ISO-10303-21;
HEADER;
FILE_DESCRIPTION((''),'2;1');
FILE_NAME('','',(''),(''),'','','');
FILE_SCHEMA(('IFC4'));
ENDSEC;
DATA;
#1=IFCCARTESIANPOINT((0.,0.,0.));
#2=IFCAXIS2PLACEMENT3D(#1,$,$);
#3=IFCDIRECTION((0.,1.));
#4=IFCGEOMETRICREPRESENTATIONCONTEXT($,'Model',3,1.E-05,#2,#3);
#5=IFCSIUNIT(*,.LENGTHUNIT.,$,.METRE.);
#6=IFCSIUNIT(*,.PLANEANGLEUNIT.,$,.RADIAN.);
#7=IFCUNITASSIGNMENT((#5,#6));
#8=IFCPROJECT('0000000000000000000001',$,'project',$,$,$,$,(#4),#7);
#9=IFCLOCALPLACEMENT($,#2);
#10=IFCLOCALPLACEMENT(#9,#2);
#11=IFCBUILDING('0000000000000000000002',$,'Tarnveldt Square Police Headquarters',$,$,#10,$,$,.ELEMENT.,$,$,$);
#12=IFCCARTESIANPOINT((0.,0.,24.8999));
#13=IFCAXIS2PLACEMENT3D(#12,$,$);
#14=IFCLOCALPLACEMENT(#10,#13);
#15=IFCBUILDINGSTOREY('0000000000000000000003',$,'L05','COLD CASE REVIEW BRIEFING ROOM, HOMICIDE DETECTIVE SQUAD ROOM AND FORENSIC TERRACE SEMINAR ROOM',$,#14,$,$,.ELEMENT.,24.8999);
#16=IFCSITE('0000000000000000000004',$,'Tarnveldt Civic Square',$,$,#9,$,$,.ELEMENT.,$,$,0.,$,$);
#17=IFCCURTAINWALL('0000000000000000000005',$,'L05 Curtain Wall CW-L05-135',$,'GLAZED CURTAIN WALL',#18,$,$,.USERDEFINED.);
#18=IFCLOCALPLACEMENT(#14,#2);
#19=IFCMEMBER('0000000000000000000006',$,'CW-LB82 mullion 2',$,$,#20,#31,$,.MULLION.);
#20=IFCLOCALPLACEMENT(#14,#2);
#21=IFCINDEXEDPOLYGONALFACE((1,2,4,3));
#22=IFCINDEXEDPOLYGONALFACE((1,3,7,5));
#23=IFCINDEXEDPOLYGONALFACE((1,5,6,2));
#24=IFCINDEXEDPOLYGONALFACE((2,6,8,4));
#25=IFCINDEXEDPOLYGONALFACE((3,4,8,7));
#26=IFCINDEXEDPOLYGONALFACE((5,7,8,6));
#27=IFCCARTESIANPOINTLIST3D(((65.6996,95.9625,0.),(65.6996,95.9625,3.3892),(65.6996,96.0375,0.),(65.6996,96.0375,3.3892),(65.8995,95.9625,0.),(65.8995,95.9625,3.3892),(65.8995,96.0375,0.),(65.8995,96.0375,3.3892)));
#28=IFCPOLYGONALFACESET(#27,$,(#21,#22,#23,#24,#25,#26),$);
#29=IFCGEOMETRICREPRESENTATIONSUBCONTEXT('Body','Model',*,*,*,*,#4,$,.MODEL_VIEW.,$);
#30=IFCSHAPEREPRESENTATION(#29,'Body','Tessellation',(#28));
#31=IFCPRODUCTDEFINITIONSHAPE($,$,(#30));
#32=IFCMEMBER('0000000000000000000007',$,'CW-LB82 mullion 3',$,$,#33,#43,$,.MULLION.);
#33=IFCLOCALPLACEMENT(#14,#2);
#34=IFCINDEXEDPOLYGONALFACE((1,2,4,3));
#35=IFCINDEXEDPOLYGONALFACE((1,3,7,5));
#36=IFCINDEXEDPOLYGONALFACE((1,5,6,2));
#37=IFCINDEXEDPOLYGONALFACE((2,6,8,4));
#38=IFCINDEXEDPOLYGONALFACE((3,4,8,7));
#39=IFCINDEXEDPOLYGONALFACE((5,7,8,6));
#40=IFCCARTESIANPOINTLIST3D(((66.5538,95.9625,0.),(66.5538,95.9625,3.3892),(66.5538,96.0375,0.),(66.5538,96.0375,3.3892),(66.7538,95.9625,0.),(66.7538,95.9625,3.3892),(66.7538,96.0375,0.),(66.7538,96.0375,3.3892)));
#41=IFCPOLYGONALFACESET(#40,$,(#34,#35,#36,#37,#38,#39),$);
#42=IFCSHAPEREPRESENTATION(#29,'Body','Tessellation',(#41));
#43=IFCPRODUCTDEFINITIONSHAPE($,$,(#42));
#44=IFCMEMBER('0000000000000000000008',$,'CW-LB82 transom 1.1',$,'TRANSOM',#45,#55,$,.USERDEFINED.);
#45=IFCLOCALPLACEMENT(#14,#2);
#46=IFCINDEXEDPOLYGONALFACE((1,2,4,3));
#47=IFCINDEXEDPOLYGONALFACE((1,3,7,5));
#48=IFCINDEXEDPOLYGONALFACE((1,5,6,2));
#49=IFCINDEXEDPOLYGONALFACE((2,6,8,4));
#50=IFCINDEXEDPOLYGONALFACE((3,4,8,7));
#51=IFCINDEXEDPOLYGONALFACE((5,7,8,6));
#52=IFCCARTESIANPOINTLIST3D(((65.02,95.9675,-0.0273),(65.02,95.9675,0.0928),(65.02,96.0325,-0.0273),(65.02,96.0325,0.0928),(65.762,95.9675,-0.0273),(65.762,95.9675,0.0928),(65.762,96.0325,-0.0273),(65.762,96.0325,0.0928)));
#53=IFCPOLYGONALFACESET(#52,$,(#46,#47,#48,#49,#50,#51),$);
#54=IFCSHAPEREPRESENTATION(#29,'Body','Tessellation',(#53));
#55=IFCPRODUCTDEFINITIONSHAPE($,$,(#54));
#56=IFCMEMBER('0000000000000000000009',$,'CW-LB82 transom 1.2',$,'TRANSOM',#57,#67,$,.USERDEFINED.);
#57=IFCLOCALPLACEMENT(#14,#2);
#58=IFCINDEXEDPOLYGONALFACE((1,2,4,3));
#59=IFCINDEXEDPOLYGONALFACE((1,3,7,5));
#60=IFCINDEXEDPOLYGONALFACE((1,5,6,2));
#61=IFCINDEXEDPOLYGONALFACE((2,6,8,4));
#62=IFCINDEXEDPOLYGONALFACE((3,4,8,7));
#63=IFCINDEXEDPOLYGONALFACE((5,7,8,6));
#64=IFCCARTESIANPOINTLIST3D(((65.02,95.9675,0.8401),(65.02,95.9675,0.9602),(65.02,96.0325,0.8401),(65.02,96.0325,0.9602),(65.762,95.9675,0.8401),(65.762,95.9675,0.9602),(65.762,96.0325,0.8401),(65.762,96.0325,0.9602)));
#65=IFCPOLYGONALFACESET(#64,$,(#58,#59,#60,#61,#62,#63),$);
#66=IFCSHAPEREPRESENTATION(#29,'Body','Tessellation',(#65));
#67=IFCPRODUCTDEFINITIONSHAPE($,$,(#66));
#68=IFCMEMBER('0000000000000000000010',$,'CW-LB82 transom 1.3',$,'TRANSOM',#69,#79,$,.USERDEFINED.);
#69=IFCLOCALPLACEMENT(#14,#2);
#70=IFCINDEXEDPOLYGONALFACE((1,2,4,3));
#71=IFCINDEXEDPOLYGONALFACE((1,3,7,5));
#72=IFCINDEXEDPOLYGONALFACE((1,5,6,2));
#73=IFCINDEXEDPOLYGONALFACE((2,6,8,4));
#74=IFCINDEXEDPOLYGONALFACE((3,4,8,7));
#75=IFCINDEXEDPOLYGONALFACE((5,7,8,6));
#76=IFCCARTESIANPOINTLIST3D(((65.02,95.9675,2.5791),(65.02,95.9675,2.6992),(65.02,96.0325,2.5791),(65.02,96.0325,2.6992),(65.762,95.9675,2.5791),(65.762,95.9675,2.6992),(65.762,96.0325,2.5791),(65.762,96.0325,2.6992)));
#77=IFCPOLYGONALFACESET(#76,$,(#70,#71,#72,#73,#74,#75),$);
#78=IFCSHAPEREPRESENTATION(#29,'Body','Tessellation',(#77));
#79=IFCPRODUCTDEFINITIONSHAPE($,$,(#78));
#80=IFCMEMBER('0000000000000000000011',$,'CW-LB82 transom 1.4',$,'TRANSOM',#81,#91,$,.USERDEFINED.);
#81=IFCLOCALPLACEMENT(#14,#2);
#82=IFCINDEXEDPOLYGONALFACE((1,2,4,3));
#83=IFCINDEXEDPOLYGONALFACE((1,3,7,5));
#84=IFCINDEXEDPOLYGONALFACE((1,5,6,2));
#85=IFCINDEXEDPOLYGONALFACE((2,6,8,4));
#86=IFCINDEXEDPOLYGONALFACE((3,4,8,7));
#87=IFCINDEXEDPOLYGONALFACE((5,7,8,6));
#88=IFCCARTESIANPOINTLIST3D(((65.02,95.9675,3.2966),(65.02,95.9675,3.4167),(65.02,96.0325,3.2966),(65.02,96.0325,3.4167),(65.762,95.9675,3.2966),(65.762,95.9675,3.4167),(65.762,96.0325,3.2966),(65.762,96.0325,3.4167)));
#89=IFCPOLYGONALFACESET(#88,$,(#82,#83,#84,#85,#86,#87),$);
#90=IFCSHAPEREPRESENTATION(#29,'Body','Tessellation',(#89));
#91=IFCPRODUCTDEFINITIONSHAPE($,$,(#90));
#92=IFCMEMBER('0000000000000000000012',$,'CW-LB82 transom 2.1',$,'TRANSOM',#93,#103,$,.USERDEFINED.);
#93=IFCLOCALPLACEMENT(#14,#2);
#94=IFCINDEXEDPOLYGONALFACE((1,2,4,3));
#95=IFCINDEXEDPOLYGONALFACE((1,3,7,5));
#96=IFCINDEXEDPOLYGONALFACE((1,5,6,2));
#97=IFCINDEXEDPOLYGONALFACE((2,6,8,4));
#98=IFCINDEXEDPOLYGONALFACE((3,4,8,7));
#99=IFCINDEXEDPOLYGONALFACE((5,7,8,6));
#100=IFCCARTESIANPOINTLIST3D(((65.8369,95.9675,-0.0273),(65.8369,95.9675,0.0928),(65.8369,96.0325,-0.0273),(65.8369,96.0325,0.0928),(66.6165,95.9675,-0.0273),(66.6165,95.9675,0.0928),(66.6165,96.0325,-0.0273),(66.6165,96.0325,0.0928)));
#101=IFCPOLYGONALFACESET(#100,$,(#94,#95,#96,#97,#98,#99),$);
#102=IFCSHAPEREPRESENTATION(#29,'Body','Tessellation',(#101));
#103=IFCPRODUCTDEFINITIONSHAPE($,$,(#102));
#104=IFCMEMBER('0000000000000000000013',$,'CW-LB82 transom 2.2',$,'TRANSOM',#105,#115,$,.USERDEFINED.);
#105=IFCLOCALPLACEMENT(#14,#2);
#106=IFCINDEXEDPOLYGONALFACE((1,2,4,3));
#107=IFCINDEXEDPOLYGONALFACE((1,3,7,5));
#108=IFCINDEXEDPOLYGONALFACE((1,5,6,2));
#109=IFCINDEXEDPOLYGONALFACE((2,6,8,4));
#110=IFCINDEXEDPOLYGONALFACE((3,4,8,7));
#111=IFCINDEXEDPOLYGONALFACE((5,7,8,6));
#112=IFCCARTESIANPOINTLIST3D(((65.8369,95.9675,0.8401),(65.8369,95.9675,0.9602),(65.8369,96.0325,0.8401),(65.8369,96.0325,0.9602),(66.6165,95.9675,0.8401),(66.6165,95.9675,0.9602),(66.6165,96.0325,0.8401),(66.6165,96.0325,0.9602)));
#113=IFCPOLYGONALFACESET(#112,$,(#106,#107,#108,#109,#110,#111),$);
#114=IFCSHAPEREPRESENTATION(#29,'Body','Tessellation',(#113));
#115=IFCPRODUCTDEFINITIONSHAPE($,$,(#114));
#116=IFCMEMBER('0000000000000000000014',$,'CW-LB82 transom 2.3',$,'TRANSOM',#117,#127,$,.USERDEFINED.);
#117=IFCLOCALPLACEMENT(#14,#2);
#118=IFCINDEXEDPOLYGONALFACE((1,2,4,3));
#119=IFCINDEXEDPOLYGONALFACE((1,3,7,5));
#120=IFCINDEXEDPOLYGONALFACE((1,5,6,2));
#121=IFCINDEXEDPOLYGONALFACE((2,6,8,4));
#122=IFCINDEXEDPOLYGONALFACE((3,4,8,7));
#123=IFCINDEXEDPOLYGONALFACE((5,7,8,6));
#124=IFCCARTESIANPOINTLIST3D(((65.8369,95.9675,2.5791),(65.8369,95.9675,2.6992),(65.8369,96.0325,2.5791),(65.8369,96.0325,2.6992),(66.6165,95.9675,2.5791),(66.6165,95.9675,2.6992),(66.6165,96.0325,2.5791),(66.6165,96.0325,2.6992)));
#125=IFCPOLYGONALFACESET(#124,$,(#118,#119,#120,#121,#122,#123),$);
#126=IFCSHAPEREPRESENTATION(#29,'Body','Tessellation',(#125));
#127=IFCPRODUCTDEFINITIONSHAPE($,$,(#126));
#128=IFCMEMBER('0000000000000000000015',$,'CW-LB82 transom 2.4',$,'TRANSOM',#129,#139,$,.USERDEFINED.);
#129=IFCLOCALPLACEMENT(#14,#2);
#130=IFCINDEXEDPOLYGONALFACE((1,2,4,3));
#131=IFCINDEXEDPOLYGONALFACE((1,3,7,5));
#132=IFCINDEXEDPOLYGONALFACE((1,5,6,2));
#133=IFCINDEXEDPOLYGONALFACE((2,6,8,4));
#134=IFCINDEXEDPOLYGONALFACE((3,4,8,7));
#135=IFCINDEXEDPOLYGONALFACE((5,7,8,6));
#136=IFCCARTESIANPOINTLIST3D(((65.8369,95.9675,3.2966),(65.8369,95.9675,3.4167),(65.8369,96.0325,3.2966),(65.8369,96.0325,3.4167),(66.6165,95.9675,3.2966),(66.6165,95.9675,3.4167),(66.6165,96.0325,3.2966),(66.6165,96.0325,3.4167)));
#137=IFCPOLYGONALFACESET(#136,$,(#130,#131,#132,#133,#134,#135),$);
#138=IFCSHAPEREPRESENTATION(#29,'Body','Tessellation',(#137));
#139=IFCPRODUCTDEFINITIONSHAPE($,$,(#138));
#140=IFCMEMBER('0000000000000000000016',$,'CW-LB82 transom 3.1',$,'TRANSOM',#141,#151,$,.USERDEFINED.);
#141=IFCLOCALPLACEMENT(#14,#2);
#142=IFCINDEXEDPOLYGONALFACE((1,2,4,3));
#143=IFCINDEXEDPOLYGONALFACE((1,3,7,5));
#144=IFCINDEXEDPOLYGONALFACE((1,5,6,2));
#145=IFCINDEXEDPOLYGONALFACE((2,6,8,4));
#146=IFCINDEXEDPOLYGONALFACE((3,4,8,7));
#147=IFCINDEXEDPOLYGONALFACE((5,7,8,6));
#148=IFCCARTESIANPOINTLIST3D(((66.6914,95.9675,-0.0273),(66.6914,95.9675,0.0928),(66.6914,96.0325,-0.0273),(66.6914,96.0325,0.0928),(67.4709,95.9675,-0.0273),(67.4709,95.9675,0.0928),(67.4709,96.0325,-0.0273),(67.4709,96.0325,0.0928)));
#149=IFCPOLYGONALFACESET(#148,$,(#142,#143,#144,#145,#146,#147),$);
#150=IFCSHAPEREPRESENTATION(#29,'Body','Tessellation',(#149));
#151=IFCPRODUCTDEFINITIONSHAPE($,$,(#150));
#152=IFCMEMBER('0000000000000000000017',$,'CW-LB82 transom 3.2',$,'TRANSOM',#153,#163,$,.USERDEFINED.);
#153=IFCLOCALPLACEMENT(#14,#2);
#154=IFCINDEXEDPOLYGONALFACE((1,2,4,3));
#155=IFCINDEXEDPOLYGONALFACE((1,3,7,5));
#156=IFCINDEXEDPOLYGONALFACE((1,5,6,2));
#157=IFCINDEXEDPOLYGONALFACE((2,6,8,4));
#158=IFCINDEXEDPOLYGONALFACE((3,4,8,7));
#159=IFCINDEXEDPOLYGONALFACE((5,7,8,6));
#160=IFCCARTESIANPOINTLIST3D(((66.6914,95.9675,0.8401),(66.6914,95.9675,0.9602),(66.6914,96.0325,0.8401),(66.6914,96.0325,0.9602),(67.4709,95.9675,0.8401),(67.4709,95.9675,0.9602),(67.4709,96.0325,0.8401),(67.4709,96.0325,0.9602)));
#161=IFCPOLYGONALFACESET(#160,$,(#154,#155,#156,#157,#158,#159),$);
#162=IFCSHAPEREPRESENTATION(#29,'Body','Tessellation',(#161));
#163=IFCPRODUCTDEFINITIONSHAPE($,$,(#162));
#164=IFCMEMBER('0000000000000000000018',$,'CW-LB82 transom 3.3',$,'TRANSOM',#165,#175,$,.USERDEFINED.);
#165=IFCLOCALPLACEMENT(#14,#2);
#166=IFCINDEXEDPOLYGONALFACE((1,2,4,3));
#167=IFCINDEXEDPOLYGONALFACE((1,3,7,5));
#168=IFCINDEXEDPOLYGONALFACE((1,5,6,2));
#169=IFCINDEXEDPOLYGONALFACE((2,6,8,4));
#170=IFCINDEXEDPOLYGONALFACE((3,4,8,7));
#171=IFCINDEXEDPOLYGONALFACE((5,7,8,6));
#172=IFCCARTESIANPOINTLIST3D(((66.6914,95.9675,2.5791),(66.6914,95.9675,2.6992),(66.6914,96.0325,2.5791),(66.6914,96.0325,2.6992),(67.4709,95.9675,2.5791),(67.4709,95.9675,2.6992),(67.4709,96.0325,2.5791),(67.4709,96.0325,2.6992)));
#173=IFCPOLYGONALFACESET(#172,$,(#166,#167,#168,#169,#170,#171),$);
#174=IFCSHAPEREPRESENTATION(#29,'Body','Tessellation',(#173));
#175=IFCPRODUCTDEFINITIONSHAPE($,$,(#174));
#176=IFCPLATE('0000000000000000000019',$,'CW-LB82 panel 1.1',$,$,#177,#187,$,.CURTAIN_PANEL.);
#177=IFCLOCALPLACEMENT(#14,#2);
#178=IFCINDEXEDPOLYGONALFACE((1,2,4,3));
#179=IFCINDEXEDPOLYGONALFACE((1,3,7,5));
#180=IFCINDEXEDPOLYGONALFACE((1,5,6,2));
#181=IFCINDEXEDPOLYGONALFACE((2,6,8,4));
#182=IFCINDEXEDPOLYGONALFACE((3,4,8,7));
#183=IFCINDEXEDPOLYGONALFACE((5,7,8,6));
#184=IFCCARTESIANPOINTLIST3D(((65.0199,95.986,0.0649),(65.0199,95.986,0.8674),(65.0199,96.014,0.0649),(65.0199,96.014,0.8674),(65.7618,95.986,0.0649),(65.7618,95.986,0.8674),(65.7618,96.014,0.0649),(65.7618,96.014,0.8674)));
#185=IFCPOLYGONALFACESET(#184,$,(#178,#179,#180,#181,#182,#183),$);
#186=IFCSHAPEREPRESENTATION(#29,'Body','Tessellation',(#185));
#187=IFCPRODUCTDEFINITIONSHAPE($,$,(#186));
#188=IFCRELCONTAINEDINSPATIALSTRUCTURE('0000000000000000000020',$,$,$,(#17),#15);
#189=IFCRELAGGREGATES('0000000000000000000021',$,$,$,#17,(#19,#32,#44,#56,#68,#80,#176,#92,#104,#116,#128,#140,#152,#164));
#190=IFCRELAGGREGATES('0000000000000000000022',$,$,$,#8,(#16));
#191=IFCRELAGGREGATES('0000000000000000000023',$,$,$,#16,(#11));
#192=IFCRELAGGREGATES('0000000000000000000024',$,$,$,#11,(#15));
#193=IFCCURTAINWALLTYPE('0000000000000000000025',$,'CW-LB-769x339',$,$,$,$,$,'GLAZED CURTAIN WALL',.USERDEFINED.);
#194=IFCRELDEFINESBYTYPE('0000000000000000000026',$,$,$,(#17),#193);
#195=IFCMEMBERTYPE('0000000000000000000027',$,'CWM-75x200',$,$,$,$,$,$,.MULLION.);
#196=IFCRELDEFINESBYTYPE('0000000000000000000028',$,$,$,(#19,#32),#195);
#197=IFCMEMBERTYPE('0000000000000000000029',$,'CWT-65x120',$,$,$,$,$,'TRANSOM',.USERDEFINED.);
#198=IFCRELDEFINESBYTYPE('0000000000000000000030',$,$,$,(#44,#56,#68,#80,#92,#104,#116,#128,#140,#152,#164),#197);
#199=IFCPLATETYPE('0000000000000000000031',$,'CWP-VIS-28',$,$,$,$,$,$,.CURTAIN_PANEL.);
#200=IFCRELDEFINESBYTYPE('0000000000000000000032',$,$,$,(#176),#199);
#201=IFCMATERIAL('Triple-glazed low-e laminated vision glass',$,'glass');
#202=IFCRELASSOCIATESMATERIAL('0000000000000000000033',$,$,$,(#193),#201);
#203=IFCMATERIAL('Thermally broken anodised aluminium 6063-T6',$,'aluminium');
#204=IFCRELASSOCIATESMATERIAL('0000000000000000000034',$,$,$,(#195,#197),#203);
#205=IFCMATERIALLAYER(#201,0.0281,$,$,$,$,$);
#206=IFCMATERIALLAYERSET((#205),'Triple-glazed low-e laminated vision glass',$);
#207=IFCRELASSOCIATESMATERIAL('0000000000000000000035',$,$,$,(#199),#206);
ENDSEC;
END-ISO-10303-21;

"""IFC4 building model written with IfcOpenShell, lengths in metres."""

from ifc_helpers import new_model, si_unit, direction, frame, origin, origin_2d, place, context, subcontext, project, spatial, rectangle, extrude, material, layer, layer_set, material_profile, profile_set, type_object, element, aggregate, save


model = new_model("IFC4")

# Units and contexts
model_context = context("Model", 3, precision=1e-05, world=origin(), true_north=direction((0.0, 1.0)))
body_context = subcontext(model_context, "Body", "Model", "MODEL_VIEW")
ifc_project = project(units=[si_unit("LENGTHUNIT", "METRE"), si_unit("PLANEANGLEUNIT", "RADIAN")], contexts=[model_context])

# Site, building, storey
site_placement = place(None, origin())
site = spatial("IfcSite", under=ifc_project, at=site_placement, Name="Tarnveldt Civic Square", CompositionType="ELEMENT", RefElevation=0.0)
building_placement = place(site_placement, origin())
building = spatial("IfcBuilding", under=site, at=building_placement, Name="Tarnveldt Square Police Headquarters", CompositionType="ELEMENT")
storey_placement = place(building_placement, frame((0.0, 0.0, 24.8999)))
storey = spatial("IfcBuildingStorey", under=building, at=storey_placement, Name="L05", Description="COLD CASE REVIEW BRIEFING ROOM, HOMICIDE DETECTIVE SQUAD ROOM AND FORENSIC TERRACE SEMINAR ROOM", CompositionType="ELEMENT", Elevation=24.8999)

# Curtain wall, members, plate
ifc_material_1 = material(Name="Triple-glazed low-e laminated vision glass", Category="glass")
curtain_wall_type = type_object("IfcCurtainWallType", Name="CW-LB-769x339", ElementType="GLAZED CURTAIN WALL", PredefinedType="USERDEFINED", material=ifc_material_1)
curtain_wall_placement = place(storey_placement, origin())
curtain_wall = element("IfcCurtainWall", 1, at=curtain_wall_placement, inside=storey, type_object=curtain_wall_type, Name="L05 Curtain Wall CW-L05-135", ObjectType="GLAZED CURTAIN WALL", PredefinedType="USERDEFINED")
ifc_material_2 = material(Name="Thermally broken anodised aluminium 6063-T6", Category="aluminium")
ifc_material_profile_1 = material_profile(ifc_material_2, rectangle(XDim=0.075, YDim=0.2, at=origin_2d()), Name="CW-M75x200")
ifc_profile_set_1 = profile_set([ifc_material_profile_1], Name="Thermally broken anodised aluminium 6063-T6")
member_type_1 = type_object("IfcMemberType", Name="CWM-75x200", PredefinedType="MULLION", material=ifc_profile_set_1)
member_1_placement = place(storey_placement, frame((65.7996, 96.0, 0.0), z_axis=(0.0, 0.0, 1.0), x_axis=(0.0, 1.0, 0.0)))
member_1 = element("IfcMember", 2, at=member_1_placement, type_object=member_type_1, Name="CW-LB82 mullion 2", PredefinedType="MULLION", context=body_context, shape_type="SweptSolid", body=[
    extrude(rectangle(XDim=0.075, YDim=0.2, at=origin_2d()), origin(), (0.0, 0.0, 1.0), 3.3892),
])
member_2_placement = place(storey_placement, frame((66.6538, 96.0, 0.0), z_axis=(0.0, 0.0, 1.0), x_axis=(0.0, 1.0, 0.0)))
member_2 = element("IfcMember", 3, at=member_2_placement, type_object=member_type_1, Name="CW-LB82 mullion 3", PredefinedType="MULLION", context=body_context, shape_type="SweptSolid", body=[
    extrude(rectangle(XDim=0.075, YDim=0.2, at=origin_2d()), origin(), (0.0, 0.0, 1.0), 3.3892),
])
ifc_material_profile_2 = material_profile(ifc_material_2, rectangle(XDim=0.0649, YDim=0.1201, at=origin_2d()), Name="CW-T65x120")
ifc_profile_set_2 = profile_set([ifc_material_profile_2], Name="Thermally broken anodised aluminium 6063-T6")
member_type_2 = type_object("IfcMemberType", Name="CWT-65x120", ElementType="TRANSOM", PredefinedType="USERDEFINED", material=ifc_profile_set_2)
member_3_placement = place(storey_placement, frame((65.02, 96.0, 0.0327), z_axis=(1.0, 0.0, 0.0), x_axis=(0.0, 1.0, 0.0)))
member_3 = element("IfcMember", 4, at=member_3_placement, type_object=member_type_2, Name="CW-LB82 transom 1.1", ObjectType="TRANSOM", PredefinedType="USERDEFINED", context=body_context, shape_type="SweptSolid", body=[
    extrude(rectangle(XDim=0.0649, YDim=0.1201, at=origin_2d()), origin(), (0.0, 0.0, 1.0), 0.7419),
])
member_4_placement = place(storey_placement, frame((65.02, 96.0, 0.9001), z_axis=(1.0, 0.0, 0.0), x_axis=(0.0, 1.0, 0.0)))
member_4 = element("IfcMember", 5, at=member_4_placement, type_object=member_type_2, Name="CW-LB82 transom 1.2", ObjectType="TRANSOM", PredefinedType="USERDEFINED", context=body_context, shape_type="SweptSolid", body=[
    extrude(rectangle(XDim=0.0649, YDim=0.1201, at=origin_2d()), origin(), (0.0, 0.0, 1.0), 0.7419),
])
member_5_placement = place(storey_placement, frame((65.02, 96.0, 2.6392), z_axis=(1.0, 0.0, 0.0), x_axis=(0.0, 1.0, 0.0)))
member_5 = element("IfcMember", 6, at=member_5_placement, type_object=member_type_2, Name="CW-LB82 transom 1.3", ObjectType="TRANSOM", PredefinedType="USERDEFINED", context=body_context, shape_type="SweptSolid", body=[
    extrude(rectangle(XDim=0.0649, YDim=0.1201, at=origin_2d()), origin(), (0.0, 0.0, 1.0), 0.7419),
])
member_6_placement = place(storey_placement, frame((65.02, 96.0, 3.3567), z_axis=(1.0, 0.0, 0.0), x_axis=(0.0, 1.0, 0.0)))
member_6 = element("IfcMember", 7, at=member_6_placement, type_object=member_type_2, Name="CW-LB82 transom 1.4", ObjectType="TRANSOM", PredefinedType="USERDEFINED", context=body_context, shape_type="SweptSolid", body=[
    extrude(rectangle(XDim=0.0649, YDim=0.1201, at=origin_2d()), origin(), (0.0, 0.0, 1.0), 0.7419),
])
member_7_placement = place(storey_placement, frame((65.8369, 96.0, 0.0327), z_axis=(1.0, 0.0, 0.0), x_axis=(0.0, 1.0, 0.0)))
member_7 = element("IfcMember", 8, at=member_7_placement, type_object=member_type_2, Name="CW-LB82 transom 2.1", ObjectType="TRANSOM", PredefinedType="USERDEFINED", context=body_context, shape_type="SweptSolid", body=[
    extrude(rectangle(XDim=0.0649, YDim=0.1201, at=origin_2d()), origin(), (0.0, 0.0, 1.0), 0.7795),
])
member_8_placement = place(storey_placement, frame((65.8369, 96.0, 0.9001), z_axis=(1.0, 0.0, 0.0), x_axis=(0.0, 1.0, 0.0)))
member_8 = element("IfcMember", 9, at=member_8_placement, type_object=member_type_2, Name="CW-LB82 transom 2.2", ObjectType="TRANSOM", PredefinedType="USERDEFINED", context=body_context, shape_type="SweptSolid", body=[
    extrude(rectangle(XDim=0.0649, YDim=0.1201, at=origin_2d()), origin(), (0.0, 0.0, 1.0), 0.7795),
])
member_9_placement = place(storey_placement, frame((65.8369, 96.0, 2.6392), z_axis=(1.0, 0.0, 0.0), x_axis=(0.0, 1.0, 0.0)))
member_9 = element("IfcMember", 10, at=member_9_placement, type_object=member_type_2, Name="CW-LB82 transom 2.3", ObjectType="TRANSOM", PredefinedType="USERDEFINED", context=body_context, shape_type="SweptSolid", body=[
    extrude(rectangle(XDim=0.0649, YDim=0.1201, at=origin_2d()), origin(), (0.0, 0.0, 1.0), 0.7795),
])
member_10_placement = place(storey_placement, frame((65.8369, 96.0, 3.3567), z_axis=(1.0, 0.0, 0.0), x_axis=(0.0, 1.0, 0.0)))
member_10 = element("IfcMember", 11, at=member_10_placement, type_object=member_type_2, Name="CW-LB82 transom 2.4", ObjectType="TRANSOM", PredefinedType="USERDEFINED", context=body_context, shape_type="SweptSolid", body=[
    extrude(rectangle(XDim=0.0649, YDim=0.1201, at=origin_2d()), origin(), (0.0, 0.0, 1.0), 0.7795),
])
member_11_placement = place(storey_placement, frame((66.6914, 96.0, 0.0327), z_axis=(1.0, 0.0, 0.0), x_axis=(0.0, 1.0, 0.0)))
member_11 = element("IfcMember", 12, at=member_11_placement, type_object=member_type_2, Name="CW-LB82 transom 3.1", ObjectType="TRANSOM", PredefinedType="USERDEFINED", context=body_context, shape_type="SweptSolid", body=[
    extrude(rectangle(XDim=0.0649, YDim=0.1201, at=origin_2d()), origin(), (0.0, 0.0, 1.0), 0.7795),
])
member_12_placement = place(storey_placement, frame((66.6914, 96.0, 0.9001), z_axis=(1.0, 0.0, 0.0), x_axis=(0.0, 1.0, 0.0)))
member_12 = element("IfcMember", 13, at=member_12_placement, type_object=member_type_2, Name="CW-LB82 transom 3.2", ObjectType="TRANSOM", PredefinedType="USERDEFINED", context=body_context, shape_type="SweptSolid", body=[
    extrude(rectangle(XDim=0.0649, YDim=0.1201, at=origin_2d()), origin(), (0.0, 0.0, 1.0), 0.7795),
])
member_13_placement = place(storey_placement, frame((66.6914, 96.0, 2.6392), z_axis=(1.0, 0.0, 0.0), x_axis=(0.0, 1.0, 0.0)))
member_13 = element("IfcMember", 14, at=member_13_placement, type_object=member_type_2, Name="CW-LB82 transom 3.3", ObjectType="TRANSOM", PredefinedType="USERDEFINED", context=body_context, shape_type="SweptSolid", body=[
    extrude(rectangle(XDim=0.0649, YDim=0.1201, at=origin_2d()), origin(), (0.0, 0.0, 1.0), 0.7795),
])
ifc_layer = layer(ifc_material_1, 0.0281)
ifc_layer_set = layer_set([ifc_layer], Name="Triple-glazed low-e laminated vision glass")
plate_type = type_object("IfcPlateType", Name="CWP-VIS-28", PredefinedType="CURTAIN_PANEL", material=ifc_layer_set)
plate_1_placement = place(storey_placement, frame((65.3909, 96.0, 0.0649), z_axis=(0.0, 0.0, 1.0), x_axis=(1.0, 0.0, 0.0)))
plate_1 = element("IfcPlate", 15, at=plate_1_placement, type_object=plate_type, Name="CW-LB82 panel 1.1", PredefinedType="CURTAIN_PANEL", context=body_context, shape_type="SweptSolid", body=[
    extrude(rectangle(XDim=0.7419, YDim=0.0281, at=origin_2d()), origin(), (0.0, 0.0, 1.0), 0.8025),
])
aggregate(curtain_wall, [member_1, member_2, member_3, member_4, member_5, member_6, plate_1, member_7, member_8, member_9, member_10, member_11, member_12, member_13])

save(model, "model.ifc")
